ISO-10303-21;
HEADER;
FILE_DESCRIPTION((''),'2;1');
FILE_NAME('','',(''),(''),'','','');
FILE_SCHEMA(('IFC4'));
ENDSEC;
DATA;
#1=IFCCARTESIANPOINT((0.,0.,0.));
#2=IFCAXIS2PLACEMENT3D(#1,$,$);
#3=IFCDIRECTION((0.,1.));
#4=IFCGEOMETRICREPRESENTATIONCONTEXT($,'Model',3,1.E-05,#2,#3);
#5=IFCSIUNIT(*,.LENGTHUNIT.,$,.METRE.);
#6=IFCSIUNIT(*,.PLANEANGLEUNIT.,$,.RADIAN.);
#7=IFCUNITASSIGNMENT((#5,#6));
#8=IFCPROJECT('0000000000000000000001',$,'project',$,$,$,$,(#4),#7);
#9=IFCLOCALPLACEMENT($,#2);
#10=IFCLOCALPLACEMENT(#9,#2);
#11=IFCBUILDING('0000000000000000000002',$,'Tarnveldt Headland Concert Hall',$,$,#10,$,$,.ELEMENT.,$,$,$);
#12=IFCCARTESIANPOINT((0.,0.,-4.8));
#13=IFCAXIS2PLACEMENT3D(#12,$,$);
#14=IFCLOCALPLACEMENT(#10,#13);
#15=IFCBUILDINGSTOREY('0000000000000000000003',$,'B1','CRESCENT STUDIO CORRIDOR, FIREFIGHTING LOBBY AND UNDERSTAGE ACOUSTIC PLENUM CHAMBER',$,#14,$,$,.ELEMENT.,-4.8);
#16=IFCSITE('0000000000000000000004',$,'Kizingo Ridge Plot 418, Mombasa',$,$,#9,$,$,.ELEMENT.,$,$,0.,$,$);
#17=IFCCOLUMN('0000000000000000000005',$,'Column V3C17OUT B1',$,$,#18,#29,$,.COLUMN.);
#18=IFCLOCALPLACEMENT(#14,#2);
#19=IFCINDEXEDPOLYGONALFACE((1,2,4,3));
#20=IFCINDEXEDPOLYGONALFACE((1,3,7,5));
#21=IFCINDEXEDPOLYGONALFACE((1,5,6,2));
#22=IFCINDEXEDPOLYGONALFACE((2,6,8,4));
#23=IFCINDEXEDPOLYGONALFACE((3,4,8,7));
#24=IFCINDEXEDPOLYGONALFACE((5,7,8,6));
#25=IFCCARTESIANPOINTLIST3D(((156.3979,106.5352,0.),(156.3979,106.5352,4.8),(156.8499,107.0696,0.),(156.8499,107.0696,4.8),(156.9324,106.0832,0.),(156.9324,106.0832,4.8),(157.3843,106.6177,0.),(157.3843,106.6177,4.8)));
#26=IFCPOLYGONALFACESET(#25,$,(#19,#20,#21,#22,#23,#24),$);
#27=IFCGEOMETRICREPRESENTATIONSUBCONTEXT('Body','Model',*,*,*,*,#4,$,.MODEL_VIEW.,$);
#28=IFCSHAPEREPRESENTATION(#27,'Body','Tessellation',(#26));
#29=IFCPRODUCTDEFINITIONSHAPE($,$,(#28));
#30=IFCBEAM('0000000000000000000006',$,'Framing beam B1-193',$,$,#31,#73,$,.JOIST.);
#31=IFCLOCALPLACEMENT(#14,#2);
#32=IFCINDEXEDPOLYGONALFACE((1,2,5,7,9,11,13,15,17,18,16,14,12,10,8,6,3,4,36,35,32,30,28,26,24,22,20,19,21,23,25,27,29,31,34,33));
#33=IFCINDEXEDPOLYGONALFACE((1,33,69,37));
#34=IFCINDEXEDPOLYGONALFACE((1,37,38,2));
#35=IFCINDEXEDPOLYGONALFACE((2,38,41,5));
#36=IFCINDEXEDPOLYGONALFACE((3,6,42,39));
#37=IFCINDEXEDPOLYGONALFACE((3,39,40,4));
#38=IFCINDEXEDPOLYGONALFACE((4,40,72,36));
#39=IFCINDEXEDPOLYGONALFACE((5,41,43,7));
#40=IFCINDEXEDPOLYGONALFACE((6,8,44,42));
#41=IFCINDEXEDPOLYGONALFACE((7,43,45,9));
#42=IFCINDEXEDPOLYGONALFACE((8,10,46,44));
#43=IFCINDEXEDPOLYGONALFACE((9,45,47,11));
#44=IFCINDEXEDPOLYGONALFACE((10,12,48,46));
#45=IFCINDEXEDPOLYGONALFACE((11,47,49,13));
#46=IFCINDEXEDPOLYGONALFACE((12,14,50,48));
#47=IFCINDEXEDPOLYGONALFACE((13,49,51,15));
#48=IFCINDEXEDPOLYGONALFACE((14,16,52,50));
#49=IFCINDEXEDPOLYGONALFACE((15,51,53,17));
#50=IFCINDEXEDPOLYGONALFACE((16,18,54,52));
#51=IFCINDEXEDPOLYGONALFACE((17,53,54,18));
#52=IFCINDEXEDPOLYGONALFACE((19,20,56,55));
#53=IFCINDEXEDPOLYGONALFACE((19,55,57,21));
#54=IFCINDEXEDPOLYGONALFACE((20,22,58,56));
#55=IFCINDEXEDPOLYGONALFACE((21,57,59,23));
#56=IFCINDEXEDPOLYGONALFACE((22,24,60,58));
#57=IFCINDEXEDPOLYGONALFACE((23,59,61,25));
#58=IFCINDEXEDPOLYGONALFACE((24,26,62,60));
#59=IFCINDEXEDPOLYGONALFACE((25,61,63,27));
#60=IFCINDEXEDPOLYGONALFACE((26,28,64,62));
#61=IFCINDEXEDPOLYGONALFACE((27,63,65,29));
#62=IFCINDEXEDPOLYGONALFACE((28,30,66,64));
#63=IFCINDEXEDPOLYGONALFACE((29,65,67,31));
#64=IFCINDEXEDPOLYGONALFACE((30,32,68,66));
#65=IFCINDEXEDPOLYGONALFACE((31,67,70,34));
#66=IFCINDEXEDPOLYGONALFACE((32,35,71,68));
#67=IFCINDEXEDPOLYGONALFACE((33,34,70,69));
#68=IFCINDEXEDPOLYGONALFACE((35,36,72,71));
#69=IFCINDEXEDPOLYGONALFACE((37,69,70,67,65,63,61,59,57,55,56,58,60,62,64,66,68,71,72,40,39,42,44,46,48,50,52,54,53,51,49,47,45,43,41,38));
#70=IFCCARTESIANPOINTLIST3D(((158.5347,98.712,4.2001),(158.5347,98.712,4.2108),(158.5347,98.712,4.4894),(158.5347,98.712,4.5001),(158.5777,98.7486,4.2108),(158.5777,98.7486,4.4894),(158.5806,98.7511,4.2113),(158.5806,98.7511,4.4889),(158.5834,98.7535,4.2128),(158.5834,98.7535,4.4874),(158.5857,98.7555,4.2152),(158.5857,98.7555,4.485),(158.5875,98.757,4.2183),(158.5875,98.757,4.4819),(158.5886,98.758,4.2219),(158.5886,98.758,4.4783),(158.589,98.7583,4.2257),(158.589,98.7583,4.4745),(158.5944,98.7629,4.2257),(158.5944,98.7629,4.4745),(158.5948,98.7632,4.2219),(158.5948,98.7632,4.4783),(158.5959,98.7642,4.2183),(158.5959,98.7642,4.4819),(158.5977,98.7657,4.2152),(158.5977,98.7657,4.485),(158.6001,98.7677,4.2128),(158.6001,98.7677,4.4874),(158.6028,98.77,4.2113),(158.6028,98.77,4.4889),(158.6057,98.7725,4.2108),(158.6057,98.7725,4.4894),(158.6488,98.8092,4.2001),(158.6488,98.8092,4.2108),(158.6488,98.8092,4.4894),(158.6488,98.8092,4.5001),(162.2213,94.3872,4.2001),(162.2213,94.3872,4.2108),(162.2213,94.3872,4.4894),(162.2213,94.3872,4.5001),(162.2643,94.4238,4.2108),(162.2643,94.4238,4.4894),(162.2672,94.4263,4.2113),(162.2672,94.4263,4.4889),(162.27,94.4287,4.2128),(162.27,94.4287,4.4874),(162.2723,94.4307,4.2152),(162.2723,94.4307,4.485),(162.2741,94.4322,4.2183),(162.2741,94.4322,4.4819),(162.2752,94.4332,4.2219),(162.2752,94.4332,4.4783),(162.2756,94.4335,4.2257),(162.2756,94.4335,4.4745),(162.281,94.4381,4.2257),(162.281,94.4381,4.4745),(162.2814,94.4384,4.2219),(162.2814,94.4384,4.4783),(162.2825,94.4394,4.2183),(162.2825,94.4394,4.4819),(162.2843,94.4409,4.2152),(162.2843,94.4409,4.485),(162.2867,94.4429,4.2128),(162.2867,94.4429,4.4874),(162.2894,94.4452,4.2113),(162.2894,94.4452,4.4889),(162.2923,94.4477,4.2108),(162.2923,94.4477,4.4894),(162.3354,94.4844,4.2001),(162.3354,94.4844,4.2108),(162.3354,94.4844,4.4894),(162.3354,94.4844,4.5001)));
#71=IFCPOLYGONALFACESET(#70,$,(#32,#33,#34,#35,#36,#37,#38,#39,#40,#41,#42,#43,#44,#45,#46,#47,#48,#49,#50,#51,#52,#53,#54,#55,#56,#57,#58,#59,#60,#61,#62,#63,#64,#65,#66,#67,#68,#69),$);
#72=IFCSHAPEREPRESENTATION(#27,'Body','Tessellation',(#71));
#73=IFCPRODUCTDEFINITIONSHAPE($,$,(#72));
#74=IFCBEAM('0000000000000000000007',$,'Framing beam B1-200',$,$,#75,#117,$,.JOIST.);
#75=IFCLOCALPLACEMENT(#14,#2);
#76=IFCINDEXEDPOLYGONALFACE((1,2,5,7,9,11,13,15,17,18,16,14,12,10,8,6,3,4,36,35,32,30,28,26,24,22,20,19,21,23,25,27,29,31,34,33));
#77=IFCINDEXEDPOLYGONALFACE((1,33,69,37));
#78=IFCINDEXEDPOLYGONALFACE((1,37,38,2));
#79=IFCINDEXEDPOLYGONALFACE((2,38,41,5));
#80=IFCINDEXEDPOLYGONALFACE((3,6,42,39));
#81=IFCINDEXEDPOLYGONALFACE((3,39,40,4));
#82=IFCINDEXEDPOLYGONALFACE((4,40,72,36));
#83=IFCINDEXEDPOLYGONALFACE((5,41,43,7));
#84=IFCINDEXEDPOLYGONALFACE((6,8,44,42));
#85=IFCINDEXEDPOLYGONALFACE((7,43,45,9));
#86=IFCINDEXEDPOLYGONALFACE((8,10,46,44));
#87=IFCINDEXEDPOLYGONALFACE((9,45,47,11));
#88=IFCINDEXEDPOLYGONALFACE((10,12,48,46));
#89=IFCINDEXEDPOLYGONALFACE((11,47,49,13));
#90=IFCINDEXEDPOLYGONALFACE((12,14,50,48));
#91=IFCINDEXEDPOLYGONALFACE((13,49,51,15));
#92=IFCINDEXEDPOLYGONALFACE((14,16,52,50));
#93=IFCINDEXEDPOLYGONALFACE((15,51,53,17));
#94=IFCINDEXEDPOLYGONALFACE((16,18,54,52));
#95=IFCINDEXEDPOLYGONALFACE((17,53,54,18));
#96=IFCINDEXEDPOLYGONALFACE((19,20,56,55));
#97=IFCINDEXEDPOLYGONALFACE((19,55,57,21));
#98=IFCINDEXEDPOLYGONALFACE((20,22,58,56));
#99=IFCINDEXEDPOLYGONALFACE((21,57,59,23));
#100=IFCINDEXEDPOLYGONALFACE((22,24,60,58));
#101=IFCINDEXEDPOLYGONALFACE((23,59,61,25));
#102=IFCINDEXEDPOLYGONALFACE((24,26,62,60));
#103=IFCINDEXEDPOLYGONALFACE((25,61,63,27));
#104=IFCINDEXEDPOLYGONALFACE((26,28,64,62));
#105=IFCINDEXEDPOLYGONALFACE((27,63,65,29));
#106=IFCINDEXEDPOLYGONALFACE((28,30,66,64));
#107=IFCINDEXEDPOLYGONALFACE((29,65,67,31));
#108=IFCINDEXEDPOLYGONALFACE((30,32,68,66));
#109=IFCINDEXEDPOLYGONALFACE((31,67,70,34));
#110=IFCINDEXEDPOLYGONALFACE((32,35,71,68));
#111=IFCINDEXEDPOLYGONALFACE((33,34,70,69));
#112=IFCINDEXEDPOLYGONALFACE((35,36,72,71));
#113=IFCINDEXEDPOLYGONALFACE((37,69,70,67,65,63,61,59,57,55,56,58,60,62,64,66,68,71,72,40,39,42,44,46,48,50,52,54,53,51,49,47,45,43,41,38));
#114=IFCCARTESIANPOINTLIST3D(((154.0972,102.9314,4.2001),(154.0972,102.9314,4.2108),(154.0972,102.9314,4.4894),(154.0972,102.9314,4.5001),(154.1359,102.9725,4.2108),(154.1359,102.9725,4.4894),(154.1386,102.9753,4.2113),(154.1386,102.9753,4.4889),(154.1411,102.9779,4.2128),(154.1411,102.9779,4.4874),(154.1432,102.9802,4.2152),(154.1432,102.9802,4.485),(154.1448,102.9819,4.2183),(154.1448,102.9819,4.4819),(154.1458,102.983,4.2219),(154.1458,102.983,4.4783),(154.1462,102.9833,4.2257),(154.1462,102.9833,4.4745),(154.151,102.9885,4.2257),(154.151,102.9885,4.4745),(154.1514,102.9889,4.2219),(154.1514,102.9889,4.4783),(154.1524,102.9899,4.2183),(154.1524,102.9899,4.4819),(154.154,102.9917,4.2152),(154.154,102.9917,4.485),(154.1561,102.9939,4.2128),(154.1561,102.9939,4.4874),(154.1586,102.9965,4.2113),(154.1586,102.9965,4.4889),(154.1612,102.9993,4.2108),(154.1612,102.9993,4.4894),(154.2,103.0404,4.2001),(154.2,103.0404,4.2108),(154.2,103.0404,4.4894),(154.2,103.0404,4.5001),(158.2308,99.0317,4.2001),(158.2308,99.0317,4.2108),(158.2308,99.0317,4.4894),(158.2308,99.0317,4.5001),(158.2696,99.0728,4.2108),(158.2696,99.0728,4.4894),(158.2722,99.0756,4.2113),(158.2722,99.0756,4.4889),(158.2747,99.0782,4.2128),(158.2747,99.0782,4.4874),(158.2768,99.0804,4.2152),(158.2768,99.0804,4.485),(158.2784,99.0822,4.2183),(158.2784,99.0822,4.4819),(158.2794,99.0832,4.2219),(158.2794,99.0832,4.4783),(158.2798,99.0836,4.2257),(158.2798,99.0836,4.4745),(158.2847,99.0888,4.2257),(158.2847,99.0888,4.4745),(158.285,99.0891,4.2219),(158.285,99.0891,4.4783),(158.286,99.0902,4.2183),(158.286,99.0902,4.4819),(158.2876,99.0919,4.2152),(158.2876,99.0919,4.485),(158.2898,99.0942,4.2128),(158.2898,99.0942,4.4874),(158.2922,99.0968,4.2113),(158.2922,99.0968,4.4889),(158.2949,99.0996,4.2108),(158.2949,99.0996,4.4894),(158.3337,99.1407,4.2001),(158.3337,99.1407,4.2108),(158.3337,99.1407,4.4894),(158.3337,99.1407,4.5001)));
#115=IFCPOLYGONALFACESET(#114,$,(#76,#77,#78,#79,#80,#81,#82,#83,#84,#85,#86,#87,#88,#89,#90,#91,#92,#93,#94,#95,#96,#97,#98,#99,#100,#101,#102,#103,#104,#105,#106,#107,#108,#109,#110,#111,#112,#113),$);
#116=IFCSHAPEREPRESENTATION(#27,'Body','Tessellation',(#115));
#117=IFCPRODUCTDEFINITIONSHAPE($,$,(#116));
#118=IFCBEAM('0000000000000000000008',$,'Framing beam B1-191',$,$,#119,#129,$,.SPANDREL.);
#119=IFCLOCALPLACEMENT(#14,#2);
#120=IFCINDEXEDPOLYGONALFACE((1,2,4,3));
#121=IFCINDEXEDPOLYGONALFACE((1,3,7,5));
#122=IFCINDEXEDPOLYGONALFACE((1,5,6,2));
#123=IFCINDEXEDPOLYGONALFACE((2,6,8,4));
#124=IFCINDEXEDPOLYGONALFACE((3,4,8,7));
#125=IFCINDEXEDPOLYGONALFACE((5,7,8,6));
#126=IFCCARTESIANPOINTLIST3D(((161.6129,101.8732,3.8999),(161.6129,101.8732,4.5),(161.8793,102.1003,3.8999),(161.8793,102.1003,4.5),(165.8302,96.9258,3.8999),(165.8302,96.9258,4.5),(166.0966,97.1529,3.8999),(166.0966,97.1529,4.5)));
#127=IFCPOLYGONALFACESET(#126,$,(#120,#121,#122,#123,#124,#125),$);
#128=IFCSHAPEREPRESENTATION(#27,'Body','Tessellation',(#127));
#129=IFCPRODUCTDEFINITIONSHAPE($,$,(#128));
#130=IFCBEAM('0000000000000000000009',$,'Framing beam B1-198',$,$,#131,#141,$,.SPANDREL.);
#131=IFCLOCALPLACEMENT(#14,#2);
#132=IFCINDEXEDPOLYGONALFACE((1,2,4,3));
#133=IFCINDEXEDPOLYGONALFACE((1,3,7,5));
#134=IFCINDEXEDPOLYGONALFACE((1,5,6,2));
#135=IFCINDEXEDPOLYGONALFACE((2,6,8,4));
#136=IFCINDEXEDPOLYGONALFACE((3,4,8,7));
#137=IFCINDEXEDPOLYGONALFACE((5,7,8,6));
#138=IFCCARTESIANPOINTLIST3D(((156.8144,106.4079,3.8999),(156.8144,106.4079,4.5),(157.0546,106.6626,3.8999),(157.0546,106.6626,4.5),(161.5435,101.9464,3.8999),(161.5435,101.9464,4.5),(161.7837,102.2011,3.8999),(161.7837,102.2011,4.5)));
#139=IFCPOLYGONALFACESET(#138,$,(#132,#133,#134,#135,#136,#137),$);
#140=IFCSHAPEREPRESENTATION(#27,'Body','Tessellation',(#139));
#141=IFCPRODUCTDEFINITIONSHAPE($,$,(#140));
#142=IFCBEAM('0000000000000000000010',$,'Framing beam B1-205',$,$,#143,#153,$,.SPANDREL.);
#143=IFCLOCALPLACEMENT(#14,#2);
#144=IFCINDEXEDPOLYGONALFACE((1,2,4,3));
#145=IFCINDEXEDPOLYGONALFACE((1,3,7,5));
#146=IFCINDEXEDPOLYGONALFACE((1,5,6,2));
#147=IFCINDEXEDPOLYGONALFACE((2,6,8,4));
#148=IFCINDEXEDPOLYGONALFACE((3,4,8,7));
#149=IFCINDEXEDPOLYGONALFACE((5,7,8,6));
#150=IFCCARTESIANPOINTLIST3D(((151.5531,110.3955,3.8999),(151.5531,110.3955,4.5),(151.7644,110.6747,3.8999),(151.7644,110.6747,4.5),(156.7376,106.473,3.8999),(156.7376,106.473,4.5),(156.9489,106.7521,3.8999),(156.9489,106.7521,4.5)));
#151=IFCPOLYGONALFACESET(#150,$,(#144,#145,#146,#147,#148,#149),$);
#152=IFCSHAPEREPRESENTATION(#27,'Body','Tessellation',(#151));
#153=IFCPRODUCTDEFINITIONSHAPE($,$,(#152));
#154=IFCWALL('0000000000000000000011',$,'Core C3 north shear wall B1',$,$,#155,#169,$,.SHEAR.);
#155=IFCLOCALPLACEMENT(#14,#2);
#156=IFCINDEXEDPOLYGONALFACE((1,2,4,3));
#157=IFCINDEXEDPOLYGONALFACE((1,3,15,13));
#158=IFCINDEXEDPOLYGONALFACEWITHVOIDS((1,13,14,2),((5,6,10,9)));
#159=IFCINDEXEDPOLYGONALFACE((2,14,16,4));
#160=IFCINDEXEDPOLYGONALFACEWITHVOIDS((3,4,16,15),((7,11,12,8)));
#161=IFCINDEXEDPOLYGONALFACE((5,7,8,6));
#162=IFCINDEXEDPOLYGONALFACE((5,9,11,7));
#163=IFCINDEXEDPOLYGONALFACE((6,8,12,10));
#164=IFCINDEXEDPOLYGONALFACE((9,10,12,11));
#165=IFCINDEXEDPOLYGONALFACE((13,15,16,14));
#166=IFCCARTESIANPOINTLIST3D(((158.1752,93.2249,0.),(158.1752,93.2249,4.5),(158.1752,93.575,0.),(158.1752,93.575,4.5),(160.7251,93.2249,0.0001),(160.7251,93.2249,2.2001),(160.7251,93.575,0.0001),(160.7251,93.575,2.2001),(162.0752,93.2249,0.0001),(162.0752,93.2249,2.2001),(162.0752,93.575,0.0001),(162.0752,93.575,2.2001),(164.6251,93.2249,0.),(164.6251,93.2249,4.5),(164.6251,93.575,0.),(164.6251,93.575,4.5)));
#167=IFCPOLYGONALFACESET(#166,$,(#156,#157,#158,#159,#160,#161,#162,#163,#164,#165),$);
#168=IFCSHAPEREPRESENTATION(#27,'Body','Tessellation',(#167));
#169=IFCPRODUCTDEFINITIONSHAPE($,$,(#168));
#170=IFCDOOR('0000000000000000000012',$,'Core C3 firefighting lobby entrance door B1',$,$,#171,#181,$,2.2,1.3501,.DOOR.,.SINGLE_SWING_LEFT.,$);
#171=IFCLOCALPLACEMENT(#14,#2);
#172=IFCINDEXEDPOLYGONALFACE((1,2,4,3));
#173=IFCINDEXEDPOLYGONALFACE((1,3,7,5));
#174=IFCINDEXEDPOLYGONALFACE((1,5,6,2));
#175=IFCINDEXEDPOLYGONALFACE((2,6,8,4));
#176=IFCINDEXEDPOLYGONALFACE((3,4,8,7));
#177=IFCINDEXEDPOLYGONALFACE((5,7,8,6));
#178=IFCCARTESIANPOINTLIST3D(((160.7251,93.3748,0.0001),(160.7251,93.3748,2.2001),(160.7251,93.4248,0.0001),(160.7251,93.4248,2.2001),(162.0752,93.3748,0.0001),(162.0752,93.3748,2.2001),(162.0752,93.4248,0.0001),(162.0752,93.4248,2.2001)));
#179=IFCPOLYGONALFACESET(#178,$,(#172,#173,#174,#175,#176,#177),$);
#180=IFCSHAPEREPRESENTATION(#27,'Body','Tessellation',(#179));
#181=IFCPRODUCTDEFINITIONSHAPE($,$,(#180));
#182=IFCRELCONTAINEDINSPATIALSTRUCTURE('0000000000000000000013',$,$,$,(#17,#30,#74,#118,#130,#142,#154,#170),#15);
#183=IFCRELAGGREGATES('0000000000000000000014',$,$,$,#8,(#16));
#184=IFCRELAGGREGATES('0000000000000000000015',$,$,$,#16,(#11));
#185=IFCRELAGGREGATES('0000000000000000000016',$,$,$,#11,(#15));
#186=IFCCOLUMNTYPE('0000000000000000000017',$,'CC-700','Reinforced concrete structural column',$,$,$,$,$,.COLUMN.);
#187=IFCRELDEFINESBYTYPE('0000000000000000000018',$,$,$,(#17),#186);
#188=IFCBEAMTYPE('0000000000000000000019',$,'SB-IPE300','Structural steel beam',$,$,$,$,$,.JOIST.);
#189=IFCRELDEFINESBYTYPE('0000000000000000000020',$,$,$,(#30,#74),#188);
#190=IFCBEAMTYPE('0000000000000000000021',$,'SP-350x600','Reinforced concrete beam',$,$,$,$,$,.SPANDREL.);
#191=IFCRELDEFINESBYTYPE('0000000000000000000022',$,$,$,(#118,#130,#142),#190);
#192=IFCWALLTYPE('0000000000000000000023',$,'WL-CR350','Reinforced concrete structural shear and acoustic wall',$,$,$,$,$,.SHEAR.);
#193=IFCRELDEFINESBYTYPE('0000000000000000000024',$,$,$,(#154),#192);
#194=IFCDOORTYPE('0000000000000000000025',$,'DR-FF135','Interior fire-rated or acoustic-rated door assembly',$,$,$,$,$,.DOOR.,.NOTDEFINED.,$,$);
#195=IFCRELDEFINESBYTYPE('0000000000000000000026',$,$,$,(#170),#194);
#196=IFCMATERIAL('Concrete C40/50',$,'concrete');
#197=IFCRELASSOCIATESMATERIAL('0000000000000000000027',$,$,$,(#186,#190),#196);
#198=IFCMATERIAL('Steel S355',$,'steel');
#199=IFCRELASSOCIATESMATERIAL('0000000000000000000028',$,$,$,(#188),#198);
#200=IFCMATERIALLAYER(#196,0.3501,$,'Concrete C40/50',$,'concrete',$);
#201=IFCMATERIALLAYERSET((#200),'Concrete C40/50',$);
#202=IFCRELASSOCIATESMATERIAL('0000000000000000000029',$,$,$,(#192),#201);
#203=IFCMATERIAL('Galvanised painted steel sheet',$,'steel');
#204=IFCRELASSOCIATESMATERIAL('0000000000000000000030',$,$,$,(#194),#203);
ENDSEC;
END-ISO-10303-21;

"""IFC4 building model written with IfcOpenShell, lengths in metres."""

from ifc_helpers import new_model, si_unit, direction, frame, frame_2d, origin, origin_2d, place, context, subcontext, project, spatial, rectangle, i_section, extrude, material, layer, layer_set, material_profile, profile_set, type_object, element, fill, save


model = new_model("IFC4")

# Units and contexts
model_context = context("Model", 3, precision=1e-05, world=origin(), true_north=direction((0.0, 1.0)))
body_context = subcontext(model_context, "Body", "Model", "MODEL_VIEW")
ifc_project = project(units=[si_unit("LENGTHUNIT", "METRE"), si_unit("PLANEANGLEUNIT", "RADIAN")], contexts=[model_context])

# Site, building, storey
site_placement = place(None, origin())
site = spatial("IfcSite", under=ifc_project, at=site_placement, Name="Kizingo Ridge Plot 418, Mombasa", CompositionType="ELEMENT", RefElevation=0.0)
building_placement = place(site_placement, origin())
building = spatial("IfcBuilding", under=site, at=building_placement, Name="Tarnveldt Headland Concert Hall", CompositionType="ELEMENT")
storey_placement = place(building_placement, frame((0.0, 0.0, -4.8)))
storey = spatial("IfcBuildingStorey", under=building, at=storey_placement, Name="B1", Description="CRESCENT STUDIO CORRIDOR, FIREFIGHTING LOBBY AND UNDERSTAGE ACOUSTIC PLENUM CHAMBER", CompositionType="ELEMENT", Elevation=-4.8)

# Shared definitions
ifc_material_1 = material(Name="Concrete C40/50", Category="concrete")

# Column
ifc_material_profile_1 = material_profile(ifc_material_1, rectangle(XDim=0.7, YDim=0.7, at=origin_2d()), Name="RC 700x700", Category="concrete")
ifc_profile_set_1 = profile_set([ifc_material_profile_1], Name="Concrete C40/50")
column_type = type_object("IfcColumnType", Name="CC-700", Description="Reinforced concrete structural column", PredefinedType="COLUMN", material=ifc_profile_set_1)
for number, where, z_axis, x_axis, name in (
    (1, (156.8911, 106.5764, 0.0), (0.0, 0.0, 1.0), (0.645724, 0.763571, 0.0), "Column V3C17OUT B1"),
):
    element("IfcColumn", number, at=place(storey_placement, frame(where, z_axis=z_axis, x_axis=x_axis)), inside=storey, type_object=column_type, Name=name, PredefinedType="COLUMN", context=body_context, shape_type="SweptSolid", body=[
        extrude(rectangle(XDim=0.7, YDim=0.7, at=origin_2d()), origin(), (0.0, 0.0, 1.0), 4.8),
    ])

# Beams
ifc_material_2 = material(Name="Steel S355", Category="steel")
ifc_material_profile_2 = material_profile(ifc_material_2, i_section(OverallWidth=0.1499, OverallDepth=0.3, WebThickness=0.0071, FlangeThickness=0.0107, FilletRadius=0.0149, at=origin_2d()), Name="IPE300", Category="steel")
ifc_profile_set_2 = profile_set([ifc_material_profile_2], Name="Steel S355")
beam_type_1 = type_object("IfcBeamType", Name="SB-IPE300", Description="Structural steel beam", PredefinedType="JOIST", material=ifc_profile_set_2)
for number, where, z_axis, x_axis, name in (
    (2, (162.2783, 94.4358, 4.3501), (-0.648723, 0.761025, 0.0), (-0.761025, -0.648723, 0.0), "Framing beam B1-193"),
    (3, (158.2822, 99.0862, 4.3501), (-0.727386, 0.686229, 0.0), (-0.686229, -0.727386, 0.0), "Framing beam B1-200"),
):
    element("IfcBeam", number, at=place(storey_placement, frame(where, z_axis=z_axis, x_axis=x_axis)), inside=storey, type_object=beam_type_1, Name=name, PredefinedType="JOIST", context=body_context, shape_type="SweptSolid", body=[
        extrude(i_section(OverallWidth=0.1499, OverallDepth=0.3, WebThickness=0.0071, FlangeThickness=0.0107, FilletRadius=0.0149, at=origin_2d()), origin(), (0.0, 0.0, 1.0), 5.6829),
    ])
ifc_material_profile_3 = material_profile(ifc_material_1, rectangle(XDim=0.3501, YDim=0.6001, at=origin_2d()), Name="RC SPANDREL 350x600", Category="concrete")
ifc_profile_set_3 = profile_set([ifc_material_profile_3], Name="Concrete C40/50")
beam_type_2 = type_object("IfcBeamType", Name="SP-350x600", Description="Reinforced concrete beam", PredefinedType="SPANDREL", material=ifc_profile_set_3)
beam_1_placement = place(storey_placement, frame((165.9634, 97.0393, 4.2), z_axis=(-0.648711, 0.761035, 0.0), x_axis=(-0.761035, -0.648711, 0.0)))
element("IfcBeam", 4, at=beam_1_placement, inside=storey, type_object=beam_type_2, Name="Framing beam B1-191", PredefinedType="SPANDREL", context=body_context, shape_type="SweptSolid", body=[
    extrude(rectangle(XDim=0.3501, YDim=0.6001, at=origin_2d()), origin(), (0.0, 0.0, 1.0), 6.501),
])
beam_2_placement = place(storey_placement, frame((161.6636, 102.0737, 4.2), z_axis=(-0.727386, 0.686229, 0.0), x_axis=(-0.686229, -0.727386, 0.0)))
element("IfcBeam", 5, at=beam_2_placement, inside=storey, type_object=beam_type_2, Name="Framing beam B1-198", PredefinedType="SPANDREL", context=body_context, shape_type="SweptSolid", body=[
    extrude(rectangle(XDim=0.3501, YDim=0.6001, at=origin_2d()), origin(), (0.0, 0.0, 1.0), 6.5015),
])
beam_3_placement = place(storey_placement, frame((156.8433, 106.6125, 4.2), z_axis=(-0.797469, 0.603359, 0.0), x_axis=(-0.603359, -0.797469, 0.0)))
element("IfcBeam", 6, at=beam_3_placement, inside=storey, type_object=beam_type_2, Name="Framing beam B1-205", PredefinedType="SPANDREL", context=body_context, shape_type="SweptSolid", body=[
    extrude(rectangle(XDim=0.3501, YDim=0.6001, at=origin_2d()), origin(), (0.0, 0.0, 1.0), 6.5012),
])

# Wall, opening, door
ifc_layer_1 = layer(ifc_material_1, 0.3501, Name="Concrete C40/50", Category="concrete")
ifc_layer_set_1 = layer_set([ifc_layer_1], Name="Concrete C40/50")
wall_type_1 = type_object("IfcWallType", Name="WL-CR350", Description="Reinforced concrete structural shear and acoustic wall", PredefinedType="SHEAR", material=ifc_layer_set_1)
wall_placement = place(storey_placement, frame((158.175, 93.3999, 0.0), z_axis=(0.0, 0.0, 1.0), x_axis=(1.0, 0.0, 0.0)))
wall = element("IfcWall", 7, at=wall_placement, inside=storey, type_object=wall_type_1, Name="Core C3 north shear wall B1", PredefinedType="SHEAR", context=body_context, shape_type="SweptSolid", body=[
    extrude(rectangle(XDim=6.45, YDim=0.3501, at=frame_2d((3.2251, 0.0))), origin(), (0.0, 0.0, 1.0), 4.5),
])
opening_placement = place(wall_placement, frame((2.55, 0.0, 0.0)))
opening = element("IfcOpeningElement", 8, at=opening_placement, cuts=wall, PredefinedType="OPENING", context=body_context, shape_type="SweptSolid", body=[
    extrude(rectangle(XDim=1.3501, YDim=2.2, at=frame_2d((0.675, 1.1001))), frame((0.0, 0.1851, 0.0), z_axis=(0.0, -1.0, 0.0), x_axis=(1.0, 0.0, 0.0)), (0.0, 0.0, 1.0), 0.3701),
])
ifc_material_3 = material(Name="Galvanised painted steel sheet", Category="steel")
door_type = type_object("IfcDoorType", Name="DR-FF135", Description="Interior fire-rated or acoustic-rated door assembly", OperationType="NOTDEFINED", PredefinedType="DOOR", material=ifc_material_3)
door_placement = place(opening_placement, origin())
door = element("IfcDoor", 9, at=door_placement, inside=storey, type_object=door_type, Name="Core C3 firefighting lobby entrance door B1", OperationType="SINGLE_SWING_LEFT", OverallHeight=2.2, OverallWidth=1.3501, PredefinedType="DOOR", context=body_context, shape_type="SweptSolid", body=[
    extrude(rectangle(XDim=1.3501, YDim=2.2, at=frame_2d((0.675, 1.1001))), frame((0.0, 0.0249, 0.0), z_axis=(0.0, -1.0, 0.0), x_axis=(1.0, 0.0, 0.0)), (0.0, 0.0, 1.0), 0.05),
])
fill(opening, door)

save(model, "model.ifc")
